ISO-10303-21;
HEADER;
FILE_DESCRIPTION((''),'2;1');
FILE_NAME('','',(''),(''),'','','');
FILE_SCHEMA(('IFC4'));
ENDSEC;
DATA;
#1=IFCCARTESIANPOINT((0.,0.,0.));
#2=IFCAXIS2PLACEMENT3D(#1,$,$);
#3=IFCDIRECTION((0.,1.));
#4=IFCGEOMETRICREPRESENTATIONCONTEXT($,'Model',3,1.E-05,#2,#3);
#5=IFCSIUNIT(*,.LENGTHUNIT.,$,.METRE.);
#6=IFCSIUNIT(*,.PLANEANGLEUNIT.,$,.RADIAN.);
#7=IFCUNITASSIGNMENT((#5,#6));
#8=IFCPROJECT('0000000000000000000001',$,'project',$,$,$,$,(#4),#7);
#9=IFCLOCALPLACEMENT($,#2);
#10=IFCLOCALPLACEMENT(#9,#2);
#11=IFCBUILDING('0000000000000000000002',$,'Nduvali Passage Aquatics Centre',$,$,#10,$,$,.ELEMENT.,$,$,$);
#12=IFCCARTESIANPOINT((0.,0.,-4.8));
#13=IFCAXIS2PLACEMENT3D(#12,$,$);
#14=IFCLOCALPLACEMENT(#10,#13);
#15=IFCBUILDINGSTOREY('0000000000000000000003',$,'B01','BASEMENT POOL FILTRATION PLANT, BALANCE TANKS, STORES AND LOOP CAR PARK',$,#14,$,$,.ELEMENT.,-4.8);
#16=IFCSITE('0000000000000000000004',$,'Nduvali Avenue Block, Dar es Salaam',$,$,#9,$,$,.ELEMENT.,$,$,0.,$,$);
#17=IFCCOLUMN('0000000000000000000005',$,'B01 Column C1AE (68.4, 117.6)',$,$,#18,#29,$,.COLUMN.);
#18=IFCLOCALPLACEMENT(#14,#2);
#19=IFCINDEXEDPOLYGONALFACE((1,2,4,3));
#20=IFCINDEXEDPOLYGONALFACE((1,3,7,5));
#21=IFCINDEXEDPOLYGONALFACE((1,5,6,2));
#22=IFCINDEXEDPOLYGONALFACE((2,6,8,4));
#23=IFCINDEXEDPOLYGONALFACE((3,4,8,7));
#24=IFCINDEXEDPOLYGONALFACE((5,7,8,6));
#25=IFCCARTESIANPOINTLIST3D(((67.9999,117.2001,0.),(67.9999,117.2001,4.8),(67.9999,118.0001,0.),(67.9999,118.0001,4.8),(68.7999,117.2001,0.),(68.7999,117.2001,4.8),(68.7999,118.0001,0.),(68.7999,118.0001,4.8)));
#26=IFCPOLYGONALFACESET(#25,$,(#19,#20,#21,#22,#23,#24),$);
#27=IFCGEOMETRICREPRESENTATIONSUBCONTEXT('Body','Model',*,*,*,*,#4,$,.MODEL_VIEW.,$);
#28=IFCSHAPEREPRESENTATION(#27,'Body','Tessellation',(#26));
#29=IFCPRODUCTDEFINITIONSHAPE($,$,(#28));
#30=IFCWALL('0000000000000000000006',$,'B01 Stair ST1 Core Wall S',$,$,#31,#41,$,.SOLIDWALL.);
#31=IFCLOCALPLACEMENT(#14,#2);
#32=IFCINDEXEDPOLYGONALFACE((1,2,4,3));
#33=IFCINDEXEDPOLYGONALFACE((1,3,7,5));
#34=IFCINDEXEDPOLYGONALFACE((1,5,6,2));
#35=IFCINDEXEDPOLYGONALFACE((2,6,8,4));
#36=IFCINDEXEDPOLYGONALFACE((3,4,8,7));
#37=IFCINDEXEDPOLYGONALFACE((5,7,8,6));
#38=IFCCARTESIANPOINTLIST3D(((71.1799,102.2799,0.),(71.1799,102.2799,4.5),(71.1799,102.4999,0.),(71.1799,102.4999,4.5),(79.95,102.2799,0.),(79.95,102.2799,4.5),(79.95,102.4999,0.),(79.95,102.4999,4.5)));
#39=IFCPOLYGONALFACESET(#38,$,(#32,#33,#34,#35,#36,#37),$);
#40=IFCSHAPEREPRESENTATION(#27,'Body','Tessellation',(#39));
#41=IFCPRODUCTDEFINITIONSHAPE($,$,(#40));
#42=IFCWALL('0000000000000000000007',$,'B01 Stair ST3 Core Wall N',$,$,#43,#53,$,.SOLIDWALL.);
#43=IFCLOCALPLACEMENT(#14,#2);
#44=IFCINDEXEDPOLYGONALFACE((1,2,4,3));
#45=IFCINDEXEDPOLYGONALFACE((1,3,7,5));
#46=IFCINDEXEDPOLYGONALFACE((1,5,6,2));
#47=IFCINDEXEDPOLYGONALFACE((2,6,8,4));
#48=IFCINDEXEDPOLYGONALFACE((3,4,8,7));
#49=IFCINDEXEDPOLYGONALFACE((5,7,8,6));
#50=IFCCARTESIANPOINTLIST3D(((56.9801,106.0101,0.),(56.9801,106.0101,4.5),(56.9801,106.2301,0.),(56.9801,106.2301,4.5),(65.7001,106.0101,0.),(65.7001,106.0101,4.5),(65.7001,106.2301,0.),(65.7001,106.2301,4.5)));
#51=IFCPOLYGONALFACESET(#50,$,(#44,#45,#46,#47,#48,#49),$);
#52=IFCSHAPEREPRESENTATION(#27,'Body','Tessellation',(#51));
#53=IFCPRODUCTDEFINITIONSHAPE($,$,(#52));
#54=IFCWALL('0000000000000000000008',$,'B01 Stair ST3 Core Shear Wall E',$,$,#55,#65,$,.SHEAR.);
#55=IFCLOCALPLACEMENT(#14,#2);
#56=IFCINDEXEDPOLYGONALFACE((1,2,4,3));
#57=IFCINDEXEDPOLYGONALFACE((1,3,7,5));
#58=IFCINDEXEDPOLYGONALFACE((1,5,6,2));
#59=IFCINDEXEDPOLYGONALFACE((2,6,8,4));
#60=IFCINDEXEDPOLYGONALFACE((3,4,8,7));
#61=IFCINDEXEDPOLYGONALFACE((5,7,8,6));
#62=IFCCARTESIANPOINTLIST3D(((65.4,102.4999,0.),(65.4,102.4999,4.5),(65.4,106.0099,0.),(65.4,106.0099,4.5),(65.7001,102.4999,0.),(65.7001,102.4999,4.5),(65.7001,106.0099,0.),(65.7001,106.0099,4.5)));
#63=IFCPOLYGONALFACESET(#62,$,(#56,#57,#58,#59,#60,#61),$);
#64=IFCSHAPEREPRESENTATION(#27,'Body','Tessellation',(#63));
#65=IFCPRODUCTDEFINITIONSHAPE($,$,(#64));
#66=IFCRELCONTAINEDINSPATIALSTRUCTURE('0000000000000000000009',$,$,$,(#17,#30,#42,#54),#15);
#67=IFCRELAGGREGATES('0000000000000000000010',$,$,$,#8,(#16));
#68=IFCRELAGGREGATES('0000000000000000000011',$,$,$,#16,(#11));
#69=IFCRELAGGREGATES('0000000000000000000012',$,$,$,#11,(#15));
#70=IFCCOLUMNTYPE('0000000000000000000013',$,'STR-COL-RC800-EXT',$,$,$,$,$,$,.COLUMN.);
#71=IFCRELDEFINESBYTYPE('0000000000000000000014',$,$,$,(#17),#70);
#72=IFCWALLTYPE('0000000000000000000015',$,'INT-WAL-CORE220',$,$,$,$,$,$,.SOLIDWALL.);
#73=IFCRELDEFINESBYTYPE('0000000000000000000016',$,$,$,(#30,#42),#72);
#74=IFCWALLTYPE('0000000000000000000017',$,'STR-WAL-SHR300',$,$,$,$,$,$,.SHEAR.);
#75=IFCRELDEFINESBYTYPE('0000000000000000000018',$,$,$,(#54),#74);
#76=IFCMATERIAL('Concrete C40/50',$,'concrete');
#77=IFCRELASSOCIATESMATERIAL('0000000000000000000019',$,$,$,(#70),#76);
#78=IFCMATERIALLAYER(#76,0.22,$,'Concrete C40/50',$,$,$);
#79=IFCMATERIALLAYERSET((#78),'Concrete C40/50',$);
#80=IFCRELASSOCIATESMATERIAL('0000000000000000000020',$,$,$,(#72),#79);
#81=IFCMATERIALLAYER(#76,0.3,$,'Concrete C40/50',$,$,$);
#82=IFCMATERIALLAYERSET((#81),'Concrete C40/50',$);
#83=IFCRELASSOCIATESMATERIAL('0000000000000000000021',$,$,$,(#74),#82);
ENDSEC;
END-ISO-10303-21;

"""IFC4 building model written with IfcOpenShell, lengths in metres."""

from ifc_helpers import new_model, si_unit, direction, frame, frame_2d, origin, origin_2d, place, context, subcontext, project, spatial, rectangle, extrude, material, layer, layer_set, material_profile, profile_set, type_object, element, save


model = new_model("IFC4")

# Units and contexts
model_context = context("Model", 3, precision=1e-05, world=origin(), true_north=direction((0.0, 1.0)))
body_context = subcontext(model_context, "Body", "Model", "MODEL_VIEW")
ifc_project = project(units=[si_unit("LENGTHUNIT", "METRE"), si_unit("PLANEANGLEUNIT", "RADIAN")], contexts=[model_context])

# Site, building, storey
site_placement = place(None, origin())
site = spatial("IfcSite", under=ifc_project, at=site_placement, Name="Nduvali Avenue Block, Dar es Salaam", CompositionType="ELEMENT", RefElevation=0.0)
building_placement = place(site_placement, origin())
building = spatial("IfcBuilding", under=site, at=building_placement, Name="Nduvali Passage Aquatics Centre", CompositionType="ELEMENT")
storey_placement = place(building_placement, frame((0.0, 0.0, -4.8)))
storey = spatial("IfcBuildingStorey", under=building, at=storey_placement, Name="B01", Description="BASEMENT POOL FILTRATION PLANT, BALANCE TANKS, STORES AND LOOP CAR PARK", CompositionType="ELEMENT", Elevation=-4.8)

# Shared definitions
ifc_material = material(Name="Concrete C40/50", Category="concrete")

# Column
ifc_material_profile_1 = material_profile(ifc_material, rectangle(XDim=0.8, YDim=0.8, at=origin_2d()), Name="RC 800x800")
ifc_profile_set_1 = profile_set([ifc_material_profile_1], Name="Concrete C40/50")
column_type_1 = type_object("IfcColumnType", Name="STR-COL-RC800-EXT", PredefinedType="COLUMN", material=ifc_profile_set_1)
column_placement = place(storey_placement, frame((68.3999, 117.6001, 0.0), z_axis=(0.0, 0.0, 1.0), x_axis=(1.0, 0.0, 0.0)))
element("IfcColumn", 1, at=column_placement, inside=storey, type_object=column_type_1, Name="B01 Column C1AE (68.4, 117.6)", PredefinedType="COLUMN", context=body_context, shape_type="SweptSolid", body=[
    extrude(rectangle(XDim=0.8, YDim=0.8, at=origin_2d()), origin(), (0.0, 0.0, 1.0), 4.8),
])

# Walls
ifc_layer_1 = layer(ifc_material, 0.22, Name="Concrete C40/50")
ifc_layer_set_1 = layer_set([ifc_layer_1], Name="Concrete C40/50")
wall_type_1 = type_object("IfcWallType", Name="INT-WAL-CORE220", PredefinedType="SOLIDWALL", material=ifc_layer_set_1)
wall_1_placement = place(storey_placement, frame((71.1799, 102.3899, 0.0), z_axis=(0.0, 0.0, 1.0), x_axis=(1.0, 0.0, 0.0)))
element("IfcWall", 2, at=wall_1_placement, inside=storey, type_object=wall_type_1, Name="B01 Stair ST1 Core Wall S", PredefinedType="SOLIDWALL", context=body_context, shape_type="SweptSolid", body=[
    extrude(rectangle(XDim=8.77, YDim=0.22, at=frame_2d((4.385, 0.0))), origin(), (0.0, 0.0, 1.0), 4.5),
])
wall_2_placement = place(storey_placement, frame((65.7, 106.1201, 0.0), z_axis=(0.0, 0.0, 1.0), x_axis=(-1.0, 0.0, 0.0)))
element("IfcWall", 3, at=wall_2_placement, inside=storey, type_object=wall_type_1, Name="B01 Stair ST3 Core Wall N", PredefinedType="SOLIDWALL", context=body_context, shape_type="SweptSolid", body=[
    extrude(rectangle(XDim=8.72, YDim=0.22, at=frame_2d((4.3599, 0.0))), origin(), (0.0, 0.0, 1.0), 4.5),
])
ifc_layer_2 = layer(ifc_material, 0.3, Name="Concrete C40/50")
ifc_layer_set_2 = layer_set([ifc_layer_2], Name="Concrete C40/50")
wall_type_2 = type_object("IfcWallType", Name="STR-WAL-SHR300", PredefinedType="SHEAR", material=ifc_layer_set_2)
wall_3_placement = place(storey_placement, frame((65.55, 102.5, 0.0), z_axis=(0.0, 0.0, 1.0), x_axis=(0.0, 1.0, 0.0)))
element("IfcWall", 4, at=wall_3_placement, inside=storey, type_object=wall_type_2, Name="B01 Stair ST3 Core Shear Wall E", PredefinedType="SHEAR", context=body_context, shape_type="SweptSolid", body=[
    extrude(rectangle(XDim=3.51, YDim=0.3, at=frame_2d((1.7549, 0.0))), origin(), (0.0, 0.0, 1.0), 4.5),
])

save(model, "model.ifc")
